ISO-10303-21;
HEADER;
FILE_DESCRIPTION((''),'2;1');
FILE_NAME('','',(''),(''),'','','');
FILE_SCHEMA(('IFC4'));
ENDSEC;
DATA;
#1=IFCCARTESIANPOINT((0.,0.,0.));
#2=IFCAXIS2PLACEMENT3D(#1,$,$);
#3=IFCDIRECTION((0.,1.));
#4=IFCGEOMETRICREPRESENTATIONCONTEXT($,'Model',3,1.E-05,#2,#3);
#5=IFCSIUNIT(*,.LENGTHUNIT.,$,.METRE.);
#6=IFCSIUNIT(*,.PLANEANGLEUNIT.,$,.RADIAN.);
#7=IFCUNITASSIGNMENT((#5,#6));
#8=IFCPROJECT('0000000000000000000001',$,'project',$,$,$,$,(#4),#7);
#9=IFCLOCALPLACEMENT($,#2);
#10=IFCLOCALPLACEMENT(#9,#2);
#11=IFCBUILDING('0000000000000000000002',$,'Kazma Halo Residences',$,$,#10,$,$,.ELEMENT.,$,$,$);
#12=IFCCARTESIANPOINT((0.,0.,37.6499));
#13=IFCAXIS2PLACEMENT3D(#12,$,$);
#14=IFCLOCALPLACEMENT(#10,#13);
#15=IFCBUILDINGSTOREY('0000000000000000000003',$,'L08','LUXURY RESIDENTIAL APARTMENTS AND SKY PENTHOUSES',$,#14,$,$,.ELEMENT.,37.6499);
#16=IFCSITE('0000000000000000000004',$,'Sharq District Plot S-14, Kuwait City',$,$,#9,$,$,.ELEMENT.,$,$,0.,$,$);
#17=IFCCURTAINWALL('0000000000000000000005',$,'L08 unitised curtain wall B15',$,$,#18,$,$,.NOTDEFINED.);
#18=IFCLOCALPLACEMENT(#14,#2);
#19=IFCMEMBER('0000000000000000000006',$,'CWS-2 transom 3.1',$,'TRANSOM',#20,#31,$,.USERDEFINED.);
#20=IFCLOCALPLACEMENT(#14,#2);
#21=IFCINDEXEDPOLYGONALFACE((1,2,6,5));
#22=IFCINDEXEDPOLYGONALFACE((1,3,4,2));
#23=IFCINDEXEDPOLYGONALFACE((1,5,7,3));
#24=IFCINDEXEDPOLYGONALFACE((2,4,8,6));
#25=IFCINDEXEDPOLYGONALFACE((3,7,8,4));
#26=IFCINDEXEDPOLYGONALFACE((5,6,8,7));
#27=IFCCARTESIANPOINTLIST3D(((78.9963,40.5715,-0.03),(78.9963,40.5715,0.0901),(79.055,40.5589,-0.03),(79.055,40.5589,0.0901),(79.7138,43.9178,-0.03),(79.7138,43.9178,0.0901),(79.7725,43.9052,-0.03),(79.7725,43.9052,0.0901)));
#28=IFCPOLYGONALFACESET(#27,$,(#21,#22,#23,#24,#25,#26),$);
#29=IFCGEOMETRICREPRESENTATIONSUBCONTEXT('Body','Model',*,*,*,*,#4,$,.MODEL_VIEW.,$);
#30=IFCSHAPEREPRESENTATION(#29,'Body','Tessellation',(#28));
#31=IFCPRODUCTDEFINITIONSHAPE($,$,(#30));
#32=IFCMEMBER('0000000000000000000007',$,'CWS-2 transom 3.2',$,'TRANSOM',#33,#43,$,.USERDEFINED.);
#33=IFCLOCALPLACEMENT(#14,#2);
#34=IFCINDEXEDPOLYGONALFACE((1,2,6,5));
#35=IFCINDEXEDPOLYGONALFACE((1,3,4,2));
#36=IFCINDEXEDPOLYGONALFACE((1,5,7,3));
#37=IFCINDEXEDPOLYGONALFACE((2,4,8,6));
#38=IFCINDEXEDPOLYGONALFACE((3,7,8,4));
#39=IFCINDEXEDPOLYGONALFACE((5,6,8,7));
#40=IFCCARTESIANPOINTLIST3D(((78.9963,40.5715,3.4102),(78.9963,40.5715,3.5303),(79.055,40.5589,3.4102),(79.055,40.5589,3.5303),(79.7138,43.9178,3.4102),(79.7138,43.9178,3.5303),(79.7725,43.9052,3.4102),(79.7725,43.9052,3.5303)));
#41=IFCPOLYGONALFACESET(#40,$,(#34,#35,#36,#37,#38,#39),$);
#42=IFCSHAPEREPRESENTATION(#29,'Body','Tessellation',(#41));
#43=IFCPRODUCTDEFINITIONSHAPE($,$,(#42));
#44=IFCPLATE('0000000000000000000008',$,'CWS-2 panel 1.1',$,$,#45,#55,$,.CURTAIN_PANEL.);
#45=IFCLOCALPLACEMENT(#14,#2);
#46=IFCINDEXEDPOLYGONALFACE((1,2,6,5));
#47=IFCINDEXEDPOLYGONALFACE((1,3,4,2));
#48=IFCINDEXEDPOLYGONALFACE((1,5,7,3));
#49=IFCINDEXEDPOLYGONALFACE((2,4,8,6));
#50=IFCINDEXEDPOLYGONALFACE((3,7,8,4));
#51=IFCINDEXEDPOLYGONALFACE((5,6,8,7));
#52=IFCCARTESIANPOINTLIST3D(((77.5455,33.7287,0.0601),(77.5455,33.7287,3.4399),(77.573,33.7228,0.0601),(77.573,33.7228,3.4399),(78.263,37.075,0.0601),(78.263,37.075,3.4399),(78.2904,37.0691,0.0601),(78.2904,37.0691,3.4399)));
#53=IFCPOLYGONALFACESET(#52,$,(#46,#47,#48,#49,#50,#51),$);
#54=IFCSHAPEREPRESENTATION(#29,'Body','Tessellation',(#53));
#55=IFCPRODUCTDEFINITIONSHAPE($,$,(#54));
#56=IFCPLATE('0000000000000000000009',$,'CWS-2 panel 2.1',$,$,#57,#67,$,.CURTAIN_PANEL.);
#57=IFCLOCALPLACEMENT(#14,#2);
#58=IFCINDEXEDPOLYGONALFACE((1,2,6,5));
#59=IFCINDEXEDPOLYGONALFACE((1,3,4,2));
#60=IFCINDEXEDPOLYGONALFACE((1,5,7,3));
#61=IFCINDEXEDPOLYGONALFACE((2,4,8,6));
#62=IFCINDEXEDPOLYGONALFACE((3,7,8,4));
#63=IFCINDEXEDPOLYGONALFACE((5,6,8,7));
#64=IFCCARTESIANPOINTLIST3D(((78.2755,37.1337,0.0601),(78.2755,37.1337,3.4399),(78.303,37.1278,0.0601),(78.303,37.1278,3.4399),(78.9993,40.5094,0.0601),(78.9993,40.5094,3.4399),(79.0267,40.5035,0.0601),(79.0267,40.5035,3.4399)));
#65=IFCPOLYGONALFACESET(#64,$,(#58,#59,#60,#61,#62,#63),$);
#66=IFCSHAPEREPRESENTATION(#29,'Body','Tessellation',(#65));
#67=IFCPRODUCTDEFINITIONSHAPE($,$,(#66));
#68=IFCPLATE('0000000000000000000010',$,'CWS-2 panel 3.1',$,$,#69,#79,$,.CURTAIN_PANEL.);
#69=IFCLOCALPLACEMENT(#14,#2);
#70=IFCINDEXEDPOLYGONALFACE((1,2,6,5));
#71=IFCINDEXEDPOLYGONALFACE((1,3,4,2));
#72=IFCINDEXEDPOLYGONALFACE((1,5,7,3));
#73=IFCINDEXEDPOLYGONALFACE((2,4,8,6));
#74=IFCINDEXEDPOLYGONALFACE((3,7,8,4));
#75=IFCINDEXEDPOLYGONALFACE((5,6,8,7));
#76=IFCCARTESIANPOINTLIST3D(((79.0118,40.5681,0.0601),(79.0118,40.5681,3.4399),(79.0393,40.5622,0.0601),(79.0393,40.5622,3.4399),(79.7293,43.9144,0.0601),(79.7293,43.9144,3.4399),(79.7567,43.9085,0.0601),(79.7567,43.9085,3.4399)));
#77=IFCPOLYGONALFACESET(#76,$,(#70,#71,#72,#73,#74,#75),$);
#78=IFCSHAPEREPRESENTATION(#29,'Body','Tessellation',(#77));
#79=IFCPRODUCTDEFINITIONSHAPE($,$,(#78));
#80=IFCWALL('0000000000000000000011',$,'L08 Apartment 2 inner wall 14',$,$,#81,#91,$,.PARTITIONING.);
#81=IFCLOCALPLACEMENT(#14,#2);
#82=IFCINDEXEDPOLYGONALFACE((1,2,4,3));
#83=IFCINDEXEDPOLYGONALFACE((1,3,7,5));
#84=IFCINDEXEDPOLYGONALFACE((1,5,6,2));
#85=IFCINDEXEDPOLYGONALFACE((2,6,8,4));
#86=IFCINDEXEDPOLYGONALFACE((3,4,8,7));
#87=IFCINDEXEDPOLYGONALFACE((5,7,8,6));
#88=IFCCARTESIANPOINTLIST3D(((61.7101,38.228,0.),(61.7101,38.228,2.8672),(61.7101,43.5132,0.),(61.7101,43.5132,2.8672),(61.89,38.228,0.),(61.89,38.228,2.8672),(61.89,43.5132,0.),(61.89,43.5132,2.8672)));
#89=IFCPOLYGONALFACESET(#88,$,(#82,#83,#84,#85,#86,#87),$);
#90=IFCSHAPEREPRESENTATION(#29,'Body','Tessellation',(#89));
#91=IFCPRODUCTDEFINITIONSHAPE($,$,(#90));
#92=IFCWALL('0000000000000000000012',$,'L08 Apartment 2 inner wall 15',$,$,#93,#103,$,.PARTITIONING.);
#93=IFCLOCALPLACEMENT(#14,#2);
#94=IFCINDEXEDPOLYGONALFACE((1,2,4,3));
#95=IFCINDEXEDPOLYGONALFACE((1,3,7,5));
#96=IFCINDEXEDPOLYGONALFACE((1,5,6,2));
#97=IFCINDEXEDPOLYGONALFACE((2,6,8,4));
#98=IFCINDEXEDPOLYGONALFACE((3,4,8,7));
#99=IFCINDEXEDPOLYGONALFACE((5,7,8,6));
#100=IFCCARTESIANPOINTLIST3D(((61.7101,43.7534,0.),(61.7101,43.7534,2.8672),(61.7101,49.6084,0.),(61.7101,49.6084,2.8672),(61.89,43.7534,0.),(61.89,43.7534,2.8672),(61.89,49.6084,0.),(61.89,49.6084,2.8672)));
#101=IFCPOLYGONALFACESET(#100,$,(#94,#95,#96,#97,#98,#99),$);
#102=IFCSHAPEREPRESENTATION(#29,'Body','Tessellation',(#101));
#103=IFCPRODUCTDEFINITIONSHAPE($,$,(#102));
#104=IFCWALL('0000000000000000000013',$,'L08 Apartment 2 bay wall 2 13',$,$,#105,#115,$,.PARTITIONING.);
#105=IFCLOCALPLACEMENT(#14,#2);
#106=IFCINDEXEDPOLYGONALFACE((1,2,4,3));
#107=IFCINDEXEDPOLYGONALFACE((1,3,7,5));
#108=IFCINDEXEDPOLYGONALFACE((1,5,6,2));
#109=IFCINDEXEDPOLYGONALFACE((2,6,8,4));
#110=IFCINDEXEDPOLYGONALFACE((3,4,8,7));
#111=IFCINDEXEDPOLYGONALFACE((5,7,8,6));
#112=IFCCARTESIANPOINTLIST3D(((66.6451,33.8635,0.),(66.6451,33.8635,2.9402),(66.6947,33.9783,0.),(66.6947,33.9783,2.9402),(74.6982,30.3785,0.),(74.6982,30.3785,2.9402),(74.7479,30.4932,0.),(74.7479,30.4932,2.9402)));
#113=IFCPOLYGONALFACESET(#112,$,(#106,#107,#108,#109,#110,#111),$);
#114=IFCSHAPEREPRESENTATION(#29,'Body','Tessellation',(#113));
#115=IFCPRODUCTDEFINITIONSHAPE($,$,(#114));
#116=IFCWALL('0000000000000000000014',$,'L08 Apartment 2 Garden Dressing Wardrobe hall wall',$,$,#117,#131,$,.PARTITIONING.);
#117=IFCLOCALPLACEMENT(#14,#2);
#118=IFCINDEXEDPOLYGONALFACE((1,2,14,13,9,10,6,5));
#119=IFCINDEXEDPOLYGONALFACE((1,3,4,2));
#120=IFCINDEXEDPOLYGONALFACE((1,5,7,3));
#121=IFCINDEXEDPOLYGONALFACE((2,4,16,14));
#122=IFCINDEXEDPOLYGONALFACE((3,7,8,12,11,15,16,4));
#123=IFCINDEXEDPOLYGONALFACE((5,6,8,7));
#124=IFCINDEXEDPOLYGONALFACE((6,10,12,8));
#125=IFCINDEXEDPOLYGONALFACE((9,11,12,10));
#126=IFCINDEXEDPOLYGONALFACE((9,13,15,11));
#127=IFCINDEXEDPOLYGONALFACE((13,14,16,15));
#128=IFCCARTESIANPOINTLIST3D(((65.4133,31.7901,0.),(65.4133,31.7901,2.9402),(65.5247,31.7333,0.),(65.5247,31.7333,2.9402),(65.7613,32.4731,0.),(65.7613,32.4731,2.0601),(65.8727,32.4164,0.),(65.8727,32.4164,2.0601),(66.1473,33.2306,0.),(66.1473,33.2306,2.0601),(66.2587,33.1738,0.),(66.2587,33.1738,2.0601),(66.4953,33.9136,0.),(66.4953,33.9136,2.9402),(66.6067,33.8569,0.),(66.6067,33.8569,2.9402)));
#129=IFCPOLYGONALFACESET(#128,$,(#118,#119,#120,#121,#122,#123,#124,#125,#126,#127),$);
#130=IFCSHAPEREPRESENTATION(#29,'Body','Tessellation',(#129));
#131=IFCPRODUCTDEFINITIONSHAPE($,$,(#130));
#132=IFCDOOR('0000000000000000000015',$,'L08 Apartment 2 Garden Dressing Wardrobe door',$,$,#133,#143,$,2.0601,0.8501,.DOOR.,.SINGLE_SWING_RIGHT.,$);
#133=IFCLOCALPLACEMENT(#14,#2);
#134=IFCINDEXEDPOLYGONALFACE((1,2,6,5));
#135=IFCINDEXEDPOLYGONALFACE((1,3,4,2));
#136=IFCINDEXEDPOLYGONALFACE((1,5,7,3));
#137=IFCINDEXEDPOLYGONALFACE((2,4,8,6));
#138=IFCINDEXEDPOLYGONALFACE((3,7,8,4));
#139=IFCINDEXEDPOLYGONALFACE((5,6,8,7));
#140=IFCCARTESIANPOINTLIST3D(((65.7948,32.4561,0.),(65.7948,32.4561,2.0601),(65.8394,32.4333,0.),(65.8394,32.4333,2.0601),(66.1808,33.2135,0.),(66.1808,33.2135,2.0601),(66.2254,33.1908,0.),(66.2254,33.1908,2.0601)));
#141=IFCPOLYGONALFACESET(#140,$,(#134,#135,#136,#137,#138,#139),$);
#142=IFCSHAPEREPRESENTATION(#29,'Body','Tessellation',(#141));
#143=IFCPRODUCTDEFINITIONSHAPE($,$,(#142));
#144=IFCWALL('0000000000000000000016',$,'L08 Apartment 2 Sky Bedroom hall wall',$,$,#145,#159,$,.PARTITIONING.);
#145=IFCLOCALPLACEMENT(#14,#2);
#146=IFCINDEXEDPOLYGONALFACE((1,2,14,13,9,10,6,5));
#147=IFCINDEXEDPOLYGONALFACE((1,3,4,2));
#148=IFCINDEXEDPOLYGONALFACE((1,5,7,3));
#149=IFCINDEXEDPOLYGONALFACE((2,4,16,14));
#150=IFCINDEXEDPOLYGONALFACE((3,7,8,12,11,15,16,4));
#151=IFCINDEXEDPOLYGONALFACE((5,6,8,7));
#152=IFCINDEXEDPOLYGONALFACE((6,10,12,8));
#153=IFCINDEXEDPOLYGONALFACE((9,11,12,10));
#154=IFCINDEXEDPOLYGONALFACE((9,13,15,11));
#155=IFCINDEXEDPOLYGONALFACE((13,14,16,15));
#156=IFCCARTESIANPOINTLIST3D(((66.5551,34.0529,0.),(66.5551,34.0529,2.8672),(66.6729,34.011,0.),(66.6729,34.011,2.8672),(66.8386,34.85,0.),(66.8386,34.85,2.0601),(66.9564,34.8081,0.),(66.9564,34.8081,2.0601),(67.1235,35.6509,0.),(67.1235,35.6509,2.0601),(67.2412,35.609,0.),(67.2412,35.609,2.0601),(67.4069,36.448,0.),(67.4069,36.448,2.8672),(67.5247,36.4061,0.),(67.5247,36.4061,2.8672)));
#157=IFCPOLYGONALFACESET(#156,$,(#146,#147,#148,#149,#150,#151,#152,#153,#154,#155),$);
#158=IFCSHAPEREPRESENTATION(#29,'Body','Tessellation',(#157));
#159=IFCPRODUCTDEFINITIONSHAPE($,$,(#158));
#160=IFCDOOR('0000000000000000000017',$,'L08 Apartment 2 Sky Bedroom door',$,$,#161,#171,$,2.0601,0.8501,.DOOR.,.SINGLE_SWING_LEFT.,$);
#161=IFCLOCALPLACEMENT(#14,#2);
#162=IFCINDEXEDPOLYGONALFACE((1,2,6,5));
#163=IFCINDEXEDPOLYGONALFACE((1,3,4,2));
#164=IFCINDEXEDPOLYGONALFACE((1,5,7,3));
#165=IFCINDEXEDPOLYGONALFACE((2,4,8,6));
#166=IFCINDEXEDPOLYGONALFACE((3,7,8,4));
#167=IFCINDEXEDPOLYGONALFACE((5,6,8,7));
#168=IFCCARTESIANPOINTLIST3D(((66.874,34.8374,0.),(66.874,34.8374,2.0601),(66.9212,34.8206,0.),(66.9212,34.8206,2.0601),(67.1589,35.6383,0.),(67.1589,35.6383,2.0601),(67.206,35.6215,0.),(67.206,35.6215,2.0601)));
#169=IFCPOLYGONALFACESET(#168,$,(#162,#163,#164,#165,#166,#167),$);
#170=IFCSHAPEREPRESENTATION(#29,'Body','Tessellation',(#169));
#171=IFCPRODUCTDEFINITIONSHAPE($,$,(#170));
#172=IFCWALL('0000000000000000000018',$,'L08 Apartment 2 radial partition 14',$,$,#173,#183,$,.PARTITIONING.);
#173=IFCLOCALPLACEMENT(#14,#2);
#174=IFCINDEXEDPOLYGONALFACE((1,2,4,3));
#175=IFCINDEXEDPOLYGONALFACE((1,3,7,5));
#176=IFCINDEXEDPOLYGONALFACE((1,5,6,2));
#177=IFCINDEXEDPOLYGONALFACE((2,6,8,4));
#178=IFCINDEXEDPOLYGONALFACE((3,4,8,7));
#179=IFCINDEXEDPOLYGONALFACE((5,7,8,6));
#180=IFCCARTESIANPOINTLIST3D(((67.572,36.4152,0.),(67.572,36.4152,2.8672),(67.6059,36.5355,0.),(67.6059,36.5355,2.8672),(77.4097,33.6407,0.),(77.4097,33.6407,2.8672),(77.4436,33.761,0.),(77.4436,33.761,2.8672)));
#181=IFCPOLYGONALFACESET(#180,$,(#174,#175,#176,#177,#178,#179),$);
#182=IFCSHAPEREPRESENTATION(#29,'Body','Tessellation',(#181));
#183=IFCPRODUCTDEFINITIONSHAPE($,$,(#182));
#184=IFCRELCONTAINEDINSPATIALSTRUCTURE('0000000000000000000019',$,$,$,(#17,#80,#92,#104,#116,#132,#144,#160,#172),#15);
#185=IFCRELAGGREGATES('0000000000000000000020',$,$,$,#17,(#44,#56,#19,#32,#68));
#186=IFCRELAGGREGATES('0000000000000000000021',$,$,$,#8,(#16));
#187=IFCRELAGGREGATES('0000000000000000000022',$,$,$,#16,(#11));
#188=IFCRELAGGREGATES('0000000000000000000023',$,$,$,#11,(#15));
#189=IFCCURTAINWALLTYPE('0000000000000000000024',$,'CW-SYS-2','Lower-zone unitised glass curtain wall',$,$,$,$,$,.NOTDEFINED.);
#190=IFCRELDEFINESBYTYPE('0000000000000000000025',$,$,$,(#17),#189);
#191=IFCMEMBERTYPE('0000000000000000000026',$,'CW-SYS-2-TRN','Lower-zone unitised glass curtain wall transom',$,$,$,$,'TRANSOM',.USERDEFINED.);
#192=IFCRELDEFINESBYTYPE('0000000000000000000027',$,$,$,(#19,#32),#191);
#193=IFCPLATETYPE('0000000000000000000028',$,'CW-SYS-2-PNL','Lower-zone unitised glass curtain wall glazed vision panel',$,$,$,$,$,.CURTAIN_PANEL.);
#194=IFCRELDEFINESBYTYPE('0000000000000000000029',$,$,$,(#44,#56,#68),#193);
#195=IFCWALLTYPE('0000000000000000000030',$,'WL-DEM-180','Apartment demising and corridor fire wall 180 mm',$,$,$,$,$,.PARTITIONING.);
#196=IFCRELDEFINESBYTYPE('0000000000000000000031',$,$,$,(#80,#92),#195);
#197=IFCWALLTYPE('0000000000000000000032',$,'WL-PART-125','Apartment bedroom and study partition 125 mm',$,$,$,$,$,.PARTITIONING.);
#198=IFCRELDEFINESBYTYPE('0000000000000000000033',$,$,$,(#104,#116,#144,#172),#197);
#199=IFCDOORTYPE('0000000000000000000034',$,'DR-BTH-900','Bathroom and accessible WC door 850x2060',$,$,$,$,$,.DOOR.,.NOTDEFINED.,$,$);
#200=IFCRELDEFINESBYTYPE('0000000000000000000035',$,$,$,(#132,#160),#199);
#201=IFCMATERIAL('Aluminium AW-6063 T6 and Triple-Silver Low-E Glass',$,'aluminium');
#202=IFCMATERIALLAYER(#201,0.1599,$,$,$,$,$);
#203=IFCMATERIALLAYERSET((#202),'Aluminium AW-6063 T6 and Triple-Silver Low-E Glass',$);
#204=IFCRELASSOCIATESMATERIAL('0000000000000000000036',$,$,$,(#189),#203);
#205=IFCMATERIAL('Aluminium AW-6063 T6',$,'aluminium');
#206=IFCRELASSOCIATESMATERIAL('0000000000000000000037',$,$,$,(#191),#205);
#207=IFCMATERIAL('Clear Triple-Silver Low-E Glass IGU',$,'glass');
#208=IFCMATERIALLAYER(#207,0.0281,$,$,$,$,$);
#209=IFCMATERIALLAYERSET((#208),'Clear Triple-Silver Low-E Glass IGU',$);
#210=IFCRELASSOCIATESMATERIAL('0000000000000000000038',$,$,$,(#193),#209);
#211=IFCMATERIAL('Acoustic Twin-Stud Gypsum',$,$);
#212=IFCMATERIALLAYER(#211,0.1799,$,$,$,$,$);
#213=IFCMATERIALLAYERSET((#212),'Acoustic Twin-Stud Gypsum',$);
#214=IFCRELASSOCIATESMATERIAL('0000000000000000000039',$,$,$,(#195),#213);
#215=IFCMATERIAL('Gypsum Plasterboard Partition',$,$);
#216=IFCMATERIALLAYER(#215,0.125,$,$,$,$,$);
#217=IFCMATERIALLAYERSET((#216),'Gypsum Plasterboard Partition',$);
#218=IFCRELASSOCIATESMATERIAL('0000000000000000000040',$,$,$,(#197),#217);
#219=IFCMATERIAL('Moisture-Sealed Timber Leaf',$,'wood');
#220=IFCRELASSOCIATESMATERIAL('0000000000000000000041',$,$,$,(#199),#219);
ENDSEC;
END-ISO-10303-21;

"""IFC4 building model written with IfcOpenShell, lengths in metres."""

from ifc_helpers import new_model, si_unit, direction, frame, frame_2d, origin, origin_2d, place, context, subcontext, project, spatial, rectangle, extrude, material, layer, layer_set, material_profile, profile_set, type_object, element, fill, aggregate, save


model = new_model("IFC4")

# Units and contexts
model_context = context("Model", 3, precision=1e-05, world=origin(), true_north=direction((0.0, 1.0)))
body_context = subcontext(model_context, "Body", "Model", "MODEL_VIEW")
ifc_project = project(units=[si_unit("LENGTHUNIT", "METRE"), si_unit("PLANEANGLEUNIT", "RADIAN")], contexts=[model_context])

# Site, building, storey
site_placement = place(None, origin())
site = spatial("IfcSite", under=ifc_project, at=site_placement, Name="Sharq District Plot S-14, Kuwait City", CompositionType="ELEMENT", RefElevation=0.0)
building_placement = place(site_placement, origin())
building = spatial("IfcBuilding", under=site, at=building_placement, Name="Kazma Halo Residences", CompositionType="ELEMENT")
storey_placement = place(building_placement, frame((0.0, 0.0, 37.6499)))
storey = spatial("IfcBuildingStorey", under=building, at=storey_placement, Name="L08", Description="LUXURY RESIDENTIAL APARTMENTS AND SKY PENTHOUSES", CompositionType="ELEMENT", Elevation=37.6499)

# Curtain wall, members, plates
ifc_material_1 = material(Name="Aluminium AW-6063 T6 and Triple-Silver Low-E Glass", Category="aluminium")
ifc_layer_1 = layer(ifc_material_1, 0.1599)
ifc_layer_set_1 = layer_set([ifc_layer_1], Name="Aluminium AW-6063 T6 and Triple-Silver Low-E Glass")
curtain_wall_type = type_object("IfcCurtainWallType", Name="CW-SYS-2", Description="Lower-zone unitised glass curtain wall", PredefinedType="NOTDEFINED", material=ifc_layer_set_1)
curtain_wall_placement = place(storey_placement, origin())
curtain_wall = element("IfcCurtainWall", 1, at=curtain_wall_placement, inside=storey, type_object=curtain_wall_type, Name="L08 unitised curtain wall B15", PredefinedType="NOTDEFINED")
ifc_material_2 = material(Name="Aluminium AW-6063 T6", Category="aluminium")
ifc_material_profile_1 = material_profile(ifc_material_2, rectangle(XDim=0.0601, YDim=0.1201, at=origin_2d()), Name="CWT-60x120")
ifc_profile_set_1 = profile_set([ifc_material_profile_1], Name="Aluminium AW-6063 T6")
member_type_1 = type_object("IfcMemberType", Name="CW-SYS-2-TRN", Description="Lower-zone unitised glass curtain wall transom", ElementType="TRANSOM", PredefinedType="USERDEFINED", material=ifc_profile_set_1)
member_1_placement = place(storey_placement, frame((79.0256, 40.5652, 0.03), z_axis=(0.209666, 0.977773, 0.0), x_axis=(-0.977773, 0.209666, 0.0)))
member_1 = element("IfcMember", 2, at=member_1_placement, type_object=member_type_1, Name="CWS-2 transom 3.1", ObjectType="TRANSOM", PredefinedType="USERDEFINED", context=body_context, shape_type="SweptSolid", body=[
    extrude(rectangle(XDim=0.0601, YDim=0.1201, at=origin_2d()), origin(), (0.0, 0.0, 1.0), 3.4224),
])
member_2_placement = place(storey_placement, frame((79.0256, 40.5652, 3.4702), z_axis=(0.209666, 0.977773, 0.0), x_axis=(-0.977773, 0.209666, 0.0)))
member_2 = element("IfcMember", 3, at=member_2_placement, type_object=member_type_1, Name="CWS-2 transom 3.2", ObjectType="TRANSOM", PredefinedType="USERDEFINED", context=body_context, shape_type="SweptSolid", body=[
    extrude(rectangle(XDim=0.0601, YDim=0.1201, at=origin_2d()), origin(), (0.0, 0.0, 1.0), 3.4224),
])
ifc_material_3 = material(Name="Clear Triple-Silver Low-E Glass IGU", Category="glass")
ifc_layer_2 = layer(ifc_material_3, 0.0281)
ifc_layer_set_2 = layer_set([ifc_layer_2], Name="Clear Triple-Silver Low-E Glass IGU")
plate_type = type_object("IfcPlateType", Name="CW-SYS-2-PNL", Description="Lower-zone unitised glass curtain wall glazed vision panel", PredefinedType="CURTAIN_PANEL", material=ifc_layer_set_2)
plate_1_placement = place(storey_placement, frame((77.918, 35.3989, 0.0601), z_axis=(0.0, 0.0, 1.0), x_axis=(0.209637, 0.977779, 0.0)))
plate_1 = element("IfcPlate", 4, at=plate_1_placement, type_object=plate_type, Name="CWS-2 panel 1.1", PredefinedType="CURTAIN_PANEL", context=body_context, shape_type="SweptSolid", body=[
    extrude(rectangle(XDim=3.4224, YDim=0.0281, at=origin_2d()), origin(), (0.0, 0.0, 1.0), 3.3799),
])
plate_2_placement = place(storey_placement, frame((78.6511, 38.8186, 0.0601), z_axis=(0.0, 0.0, 1.0), x_axis=(0.209637, 0.977779, 0.0)))
plate_2 = element("IfcPlate", 5, at=plate_2_placement, type_object=plate_type, Name="CWS-2 panel 2.1", PredefinedType="CURTAIN_PANEL", context=body_context, shape_type="SweptSolid", body=[
    extrude(rectangle(XDim=3.4524, YDim=0.0281, at=origin_2d()), origin(), (0.0, 0.0, 1.0), 3.3799),
])
plate_3_placement = place(storey_placement, frame((79.3843, 42.2383, 0.0601), z_axis=(0.0, 0.0, 1.0), x_axis=(0.209637, 0.977779, 0.0)))
plate_3 = element("IfcPlate", 6, at=plate_3_placement, type_object=plate_type, Name="CWS-2 panel 3.1", PredefinedType="CURTAIN_PANEL", context=body_context, shape_type="SweptSolid", body=[
    extrude(rectangle(XDim=3.4224, YDim=0.0281, at=origin_2d()), origin(), (0.0, 0.0, 1.0), 3.3799),
])
aggregate(curtain_wall, [plate_1, plate_2, member_1, member_2, plate_3])

# Walls
ifc_material_4 = material(Name="Acoustic Twin-Stud Gypsum")
ifc_layer_3 = layer(ifc_material_4, 0.1799)
ifc_layer_set_3 = layer_set([ifc_layer_3], Name="Acoustic Twin-Stud Gypsum")
wall_type_1 = type_object("IfcWallType", Name="WL-DEM-180", Description="Apartment demising and corridor fire wall 180 mm", PredefinedType="PARTITIONING", material=ifc_layer_set_3)
wall_1_placement = place(storey_placement, frame((61.8, 38.228, 0.0), z_axis=(0.0, 0.0, 1.0), x_axis=(0.0, 1.0, 0.0)))
element("IfcWall", 7, at=wall_1_placement, inside=storey, type_object=wall_type_1, Name="L08 Apartment 2 inner wall 14", PredefinedType="PARTITIONING", context=body_context, shape_type="SweptSolid", body=[
    extrude(rectangle(XDim=5.2852, YDim=0.1799, at=frame_2d((2.6426, 0.0))), origin(), (0.0, 0.0, 1.0), 2.8672),
])
wall_2_placement = place(storey_placement, frame((61.8, 43.7534, 0.0), z_axis=(0.0, 0.0, 1.0), x_axis=(0.0, 1.0, 0.0)))
element("IfcWall", 8, at=wall_2_placement, inside=storey, type_object=wall_type_1, Name="L08 Apartment 2 inner wall 15", PredefinedType="PARTITIONING", context=body_context, shape_type="SweptSolid", body=[
    extrude(rectangle(XDim=5.855, YDim=0.1799, at=frame_2d((2.9275, 0.0))), origin(), (0.0, 0.0, 1.0), 2.8672),
])
ifc_material_5 = material(Name="Gypsum Plasterboard Partition")
ifc_layer_4 = layer(ifc_material_5, 0.125)
ifc_layer_set_4 = layer_set([ifc_layer_4], Name="Gypsum Plasterboard Partition")
wall_type_2 = type_object("IfcWallType", Name="WL-PART-125", Description="Apartment bedroom and study partition 125 mm", PredefinedType="PARTITIONING", material=ifc_layer_set_4)
wall_3_placement = place(storey_placement, frame((66.6699, 33.9209, 0.0), z_axis=(0.0, 0.0, 1.0), x_axis=(0.917748, -0.397164, 0.0)))
element("IfcWall", 9, at=wall_3_placement, inside=storey, type_object=wall_type_2, Name="L08 Apartment 2 bay wall 2 13", PredefinedType="PARTITIONING", context=body_context, shape_type="SweptSolid", body=[
    extrude(rectangle(XDim=8.7749, YDim=0.125, at=frame_2d((4.3875, 0.0))), origin(), (0.0, 0.0, 1.0), 2.9402),
])

# Walls, openings, doors
wall_4_placement = place(storey_placement, frame((65.469, 31.7617, 0.0), z_axis=(0.0, 0.0, 1.0), x_axis=(0.454003, 0.891, 0.0)))
wall_4 = element("IfcWall", 10, at=wall_4_placement, inside=storey, type_object=wall_type_2, Name="L08 Apartment 2 Garden Dressing Wardrobe hall wall", PredefinedType="PARTITIONING", context=body_context, shape_type="SweptSolid", body=[
    extrude(rectangle(XDim=2.3833, YDim=0.125, at=frame_2d((1.1917, 0.0))), origin(), (0.0, 0.0, 1.0), 2.9402),
])
opening_1_placement = place(wall_4_placement, frame((0.7666, 0.0, 0.0)))
opening_1 = element("IfcOpeningElement", 11, at=opening_1_placement, cuts=wall_4, PredefinedType="OPENING", context=body_context, shape_type="SweptSolid", body=[
    extrude(rectangle(XDim=0.8501, YDim=2.0601, at=frame_2d((0.425, 1.03))), frame((0.0, 0.0725, 0.0), z_axis=(0.0, -1.0, 0.0), x_axis=(1.0, 0.0, 0.0)), (0.0, 0.0, 1.0), 0.145),
])
ifc_material_6 = material(Name="Moisture-Sealed Timber Leaf", Category="wood")
door_type_1 = type_object("IfcDoorType", Name="DR-BTH-900", Description="Bathroom and accessible WC door 850x2060", OperationType="NOTDEFINED", PredefinedType="DOOR", material=ifc_material_6)
door_1_placement = place(opening_1_placement, origin())
door_1 = element("IfcDoor", 12, at=door_1_placement, inside=storey, type_object=door_type_1, Name="L08 Apartment 2 Garden Dressing Wardrobe door", OperationType="SINGLE_SWING_RIGHT", OverallHeight=2.0601, OverallWidth=0.8501, PredefinedType="DOOR", context=body_context, shape_type="SweptSolid", body=[
    extrude(rectangle(XDim=0.8501, YDim=2.0601, at=frame_2d((0.425, 1.03))), frame((0.0, 0.0249, 0.0), z_axis=(0.0, -1.0, 0.0), x_axis=(1.0, 0.0, 0.0)), (0.0, 0.0, 1.0), 0.05),
])
fill(opening_1, door_1)
wall_5_placement = place(storey_placement, frame((66.614, 34.032, 0.0), z_axis=(0.0, 0.0, 1.0), x_axis=(0.335095, 0.942184, 0.0)))
wall_5 = element("IfcWall", 13, at=wall_5_placement, inside=storey, type_object=wall_type_2, Name="L08 Apartment 2 Sky Bedroom hall wall", PredefinedType="PARTITIONING", context=body_context, shape_type="SweptSolid", body=[
    extrude(rectangle(XDim=2.542, YDim=0.125, at=frame_2d((1.271, 0.0))), origin(), (0.0, 0.0, 1.0), 2.8672),
])
opening_2_placement = place(wall_5_placement, frame((0.8459, 0.0, 0.0)))
opening_2 = element("IfcOpeningElement", 14, at=opening_2_placement, cuts=wall_5, PredefinedType="OPENING", context=body_context, shape_type="SweptSolid", body=[
    extrude(rectangle(XDim=0.8501, YDim=2.0601, at=frame_2d((0.425, 1.03))), frame((0.0, 0.0725, 0.0), z_axis=(0.0, -1.0, 0.0), x_axis=(1.0, 0.0, 0.0)), (0.0, 0.0, 1.0), 0.145),
])
door_2_placement = place(opening_2_placement, origin())
door_2 = element("IfcDoor", 15, at=door_2_placement, inside=storey, type_object=door_type_1, Name="L08 Apartment 2 Sky Bedroom door", OperationType="SINGLE_SWING_LEFT", OverallHeight=2.0601, OverallWidth=0.8501, PredefinedType="DOOR", context=body_context, shape_type="SweptSolid", body=[
    extrude(rectangle(XDim=0.8501, YDim=2.0601, at=frame_2d((0.425, 1.03))), frame((0.0, 0.0249, 0.0), z_axis=(0.0, -1.0, 0.0), x_axis=(1.0, 0.0, 0.0)), (0.0, 0.0, 1.0), 0.05),
])
fill(opening_2, door_2)

# Wall
wall_6_placement = place(storey_placement, frame((67.5889, 36.4753, 0.0), z_axis=(0.0, 0.0, 1.0), x_axis=(0.962458, -0.271432, 0.0)))
element("IfcWall", 16, at=wall_6_placement, inside=storey, type_object=wall_type_2, Name="L08 Apartment 2 radial partition 14", PredefinedType="PARTITIONING", context=body_context, shape_type="SweptSolid", body=[
    extrude(rectangle(XDim=10.2214, YDim=0.125, at=frame_2d((5.1108, 0.0))), origin(), (0.0, 0.0, 1.0), 2.8672),
])

save(model, "model.ifc")
